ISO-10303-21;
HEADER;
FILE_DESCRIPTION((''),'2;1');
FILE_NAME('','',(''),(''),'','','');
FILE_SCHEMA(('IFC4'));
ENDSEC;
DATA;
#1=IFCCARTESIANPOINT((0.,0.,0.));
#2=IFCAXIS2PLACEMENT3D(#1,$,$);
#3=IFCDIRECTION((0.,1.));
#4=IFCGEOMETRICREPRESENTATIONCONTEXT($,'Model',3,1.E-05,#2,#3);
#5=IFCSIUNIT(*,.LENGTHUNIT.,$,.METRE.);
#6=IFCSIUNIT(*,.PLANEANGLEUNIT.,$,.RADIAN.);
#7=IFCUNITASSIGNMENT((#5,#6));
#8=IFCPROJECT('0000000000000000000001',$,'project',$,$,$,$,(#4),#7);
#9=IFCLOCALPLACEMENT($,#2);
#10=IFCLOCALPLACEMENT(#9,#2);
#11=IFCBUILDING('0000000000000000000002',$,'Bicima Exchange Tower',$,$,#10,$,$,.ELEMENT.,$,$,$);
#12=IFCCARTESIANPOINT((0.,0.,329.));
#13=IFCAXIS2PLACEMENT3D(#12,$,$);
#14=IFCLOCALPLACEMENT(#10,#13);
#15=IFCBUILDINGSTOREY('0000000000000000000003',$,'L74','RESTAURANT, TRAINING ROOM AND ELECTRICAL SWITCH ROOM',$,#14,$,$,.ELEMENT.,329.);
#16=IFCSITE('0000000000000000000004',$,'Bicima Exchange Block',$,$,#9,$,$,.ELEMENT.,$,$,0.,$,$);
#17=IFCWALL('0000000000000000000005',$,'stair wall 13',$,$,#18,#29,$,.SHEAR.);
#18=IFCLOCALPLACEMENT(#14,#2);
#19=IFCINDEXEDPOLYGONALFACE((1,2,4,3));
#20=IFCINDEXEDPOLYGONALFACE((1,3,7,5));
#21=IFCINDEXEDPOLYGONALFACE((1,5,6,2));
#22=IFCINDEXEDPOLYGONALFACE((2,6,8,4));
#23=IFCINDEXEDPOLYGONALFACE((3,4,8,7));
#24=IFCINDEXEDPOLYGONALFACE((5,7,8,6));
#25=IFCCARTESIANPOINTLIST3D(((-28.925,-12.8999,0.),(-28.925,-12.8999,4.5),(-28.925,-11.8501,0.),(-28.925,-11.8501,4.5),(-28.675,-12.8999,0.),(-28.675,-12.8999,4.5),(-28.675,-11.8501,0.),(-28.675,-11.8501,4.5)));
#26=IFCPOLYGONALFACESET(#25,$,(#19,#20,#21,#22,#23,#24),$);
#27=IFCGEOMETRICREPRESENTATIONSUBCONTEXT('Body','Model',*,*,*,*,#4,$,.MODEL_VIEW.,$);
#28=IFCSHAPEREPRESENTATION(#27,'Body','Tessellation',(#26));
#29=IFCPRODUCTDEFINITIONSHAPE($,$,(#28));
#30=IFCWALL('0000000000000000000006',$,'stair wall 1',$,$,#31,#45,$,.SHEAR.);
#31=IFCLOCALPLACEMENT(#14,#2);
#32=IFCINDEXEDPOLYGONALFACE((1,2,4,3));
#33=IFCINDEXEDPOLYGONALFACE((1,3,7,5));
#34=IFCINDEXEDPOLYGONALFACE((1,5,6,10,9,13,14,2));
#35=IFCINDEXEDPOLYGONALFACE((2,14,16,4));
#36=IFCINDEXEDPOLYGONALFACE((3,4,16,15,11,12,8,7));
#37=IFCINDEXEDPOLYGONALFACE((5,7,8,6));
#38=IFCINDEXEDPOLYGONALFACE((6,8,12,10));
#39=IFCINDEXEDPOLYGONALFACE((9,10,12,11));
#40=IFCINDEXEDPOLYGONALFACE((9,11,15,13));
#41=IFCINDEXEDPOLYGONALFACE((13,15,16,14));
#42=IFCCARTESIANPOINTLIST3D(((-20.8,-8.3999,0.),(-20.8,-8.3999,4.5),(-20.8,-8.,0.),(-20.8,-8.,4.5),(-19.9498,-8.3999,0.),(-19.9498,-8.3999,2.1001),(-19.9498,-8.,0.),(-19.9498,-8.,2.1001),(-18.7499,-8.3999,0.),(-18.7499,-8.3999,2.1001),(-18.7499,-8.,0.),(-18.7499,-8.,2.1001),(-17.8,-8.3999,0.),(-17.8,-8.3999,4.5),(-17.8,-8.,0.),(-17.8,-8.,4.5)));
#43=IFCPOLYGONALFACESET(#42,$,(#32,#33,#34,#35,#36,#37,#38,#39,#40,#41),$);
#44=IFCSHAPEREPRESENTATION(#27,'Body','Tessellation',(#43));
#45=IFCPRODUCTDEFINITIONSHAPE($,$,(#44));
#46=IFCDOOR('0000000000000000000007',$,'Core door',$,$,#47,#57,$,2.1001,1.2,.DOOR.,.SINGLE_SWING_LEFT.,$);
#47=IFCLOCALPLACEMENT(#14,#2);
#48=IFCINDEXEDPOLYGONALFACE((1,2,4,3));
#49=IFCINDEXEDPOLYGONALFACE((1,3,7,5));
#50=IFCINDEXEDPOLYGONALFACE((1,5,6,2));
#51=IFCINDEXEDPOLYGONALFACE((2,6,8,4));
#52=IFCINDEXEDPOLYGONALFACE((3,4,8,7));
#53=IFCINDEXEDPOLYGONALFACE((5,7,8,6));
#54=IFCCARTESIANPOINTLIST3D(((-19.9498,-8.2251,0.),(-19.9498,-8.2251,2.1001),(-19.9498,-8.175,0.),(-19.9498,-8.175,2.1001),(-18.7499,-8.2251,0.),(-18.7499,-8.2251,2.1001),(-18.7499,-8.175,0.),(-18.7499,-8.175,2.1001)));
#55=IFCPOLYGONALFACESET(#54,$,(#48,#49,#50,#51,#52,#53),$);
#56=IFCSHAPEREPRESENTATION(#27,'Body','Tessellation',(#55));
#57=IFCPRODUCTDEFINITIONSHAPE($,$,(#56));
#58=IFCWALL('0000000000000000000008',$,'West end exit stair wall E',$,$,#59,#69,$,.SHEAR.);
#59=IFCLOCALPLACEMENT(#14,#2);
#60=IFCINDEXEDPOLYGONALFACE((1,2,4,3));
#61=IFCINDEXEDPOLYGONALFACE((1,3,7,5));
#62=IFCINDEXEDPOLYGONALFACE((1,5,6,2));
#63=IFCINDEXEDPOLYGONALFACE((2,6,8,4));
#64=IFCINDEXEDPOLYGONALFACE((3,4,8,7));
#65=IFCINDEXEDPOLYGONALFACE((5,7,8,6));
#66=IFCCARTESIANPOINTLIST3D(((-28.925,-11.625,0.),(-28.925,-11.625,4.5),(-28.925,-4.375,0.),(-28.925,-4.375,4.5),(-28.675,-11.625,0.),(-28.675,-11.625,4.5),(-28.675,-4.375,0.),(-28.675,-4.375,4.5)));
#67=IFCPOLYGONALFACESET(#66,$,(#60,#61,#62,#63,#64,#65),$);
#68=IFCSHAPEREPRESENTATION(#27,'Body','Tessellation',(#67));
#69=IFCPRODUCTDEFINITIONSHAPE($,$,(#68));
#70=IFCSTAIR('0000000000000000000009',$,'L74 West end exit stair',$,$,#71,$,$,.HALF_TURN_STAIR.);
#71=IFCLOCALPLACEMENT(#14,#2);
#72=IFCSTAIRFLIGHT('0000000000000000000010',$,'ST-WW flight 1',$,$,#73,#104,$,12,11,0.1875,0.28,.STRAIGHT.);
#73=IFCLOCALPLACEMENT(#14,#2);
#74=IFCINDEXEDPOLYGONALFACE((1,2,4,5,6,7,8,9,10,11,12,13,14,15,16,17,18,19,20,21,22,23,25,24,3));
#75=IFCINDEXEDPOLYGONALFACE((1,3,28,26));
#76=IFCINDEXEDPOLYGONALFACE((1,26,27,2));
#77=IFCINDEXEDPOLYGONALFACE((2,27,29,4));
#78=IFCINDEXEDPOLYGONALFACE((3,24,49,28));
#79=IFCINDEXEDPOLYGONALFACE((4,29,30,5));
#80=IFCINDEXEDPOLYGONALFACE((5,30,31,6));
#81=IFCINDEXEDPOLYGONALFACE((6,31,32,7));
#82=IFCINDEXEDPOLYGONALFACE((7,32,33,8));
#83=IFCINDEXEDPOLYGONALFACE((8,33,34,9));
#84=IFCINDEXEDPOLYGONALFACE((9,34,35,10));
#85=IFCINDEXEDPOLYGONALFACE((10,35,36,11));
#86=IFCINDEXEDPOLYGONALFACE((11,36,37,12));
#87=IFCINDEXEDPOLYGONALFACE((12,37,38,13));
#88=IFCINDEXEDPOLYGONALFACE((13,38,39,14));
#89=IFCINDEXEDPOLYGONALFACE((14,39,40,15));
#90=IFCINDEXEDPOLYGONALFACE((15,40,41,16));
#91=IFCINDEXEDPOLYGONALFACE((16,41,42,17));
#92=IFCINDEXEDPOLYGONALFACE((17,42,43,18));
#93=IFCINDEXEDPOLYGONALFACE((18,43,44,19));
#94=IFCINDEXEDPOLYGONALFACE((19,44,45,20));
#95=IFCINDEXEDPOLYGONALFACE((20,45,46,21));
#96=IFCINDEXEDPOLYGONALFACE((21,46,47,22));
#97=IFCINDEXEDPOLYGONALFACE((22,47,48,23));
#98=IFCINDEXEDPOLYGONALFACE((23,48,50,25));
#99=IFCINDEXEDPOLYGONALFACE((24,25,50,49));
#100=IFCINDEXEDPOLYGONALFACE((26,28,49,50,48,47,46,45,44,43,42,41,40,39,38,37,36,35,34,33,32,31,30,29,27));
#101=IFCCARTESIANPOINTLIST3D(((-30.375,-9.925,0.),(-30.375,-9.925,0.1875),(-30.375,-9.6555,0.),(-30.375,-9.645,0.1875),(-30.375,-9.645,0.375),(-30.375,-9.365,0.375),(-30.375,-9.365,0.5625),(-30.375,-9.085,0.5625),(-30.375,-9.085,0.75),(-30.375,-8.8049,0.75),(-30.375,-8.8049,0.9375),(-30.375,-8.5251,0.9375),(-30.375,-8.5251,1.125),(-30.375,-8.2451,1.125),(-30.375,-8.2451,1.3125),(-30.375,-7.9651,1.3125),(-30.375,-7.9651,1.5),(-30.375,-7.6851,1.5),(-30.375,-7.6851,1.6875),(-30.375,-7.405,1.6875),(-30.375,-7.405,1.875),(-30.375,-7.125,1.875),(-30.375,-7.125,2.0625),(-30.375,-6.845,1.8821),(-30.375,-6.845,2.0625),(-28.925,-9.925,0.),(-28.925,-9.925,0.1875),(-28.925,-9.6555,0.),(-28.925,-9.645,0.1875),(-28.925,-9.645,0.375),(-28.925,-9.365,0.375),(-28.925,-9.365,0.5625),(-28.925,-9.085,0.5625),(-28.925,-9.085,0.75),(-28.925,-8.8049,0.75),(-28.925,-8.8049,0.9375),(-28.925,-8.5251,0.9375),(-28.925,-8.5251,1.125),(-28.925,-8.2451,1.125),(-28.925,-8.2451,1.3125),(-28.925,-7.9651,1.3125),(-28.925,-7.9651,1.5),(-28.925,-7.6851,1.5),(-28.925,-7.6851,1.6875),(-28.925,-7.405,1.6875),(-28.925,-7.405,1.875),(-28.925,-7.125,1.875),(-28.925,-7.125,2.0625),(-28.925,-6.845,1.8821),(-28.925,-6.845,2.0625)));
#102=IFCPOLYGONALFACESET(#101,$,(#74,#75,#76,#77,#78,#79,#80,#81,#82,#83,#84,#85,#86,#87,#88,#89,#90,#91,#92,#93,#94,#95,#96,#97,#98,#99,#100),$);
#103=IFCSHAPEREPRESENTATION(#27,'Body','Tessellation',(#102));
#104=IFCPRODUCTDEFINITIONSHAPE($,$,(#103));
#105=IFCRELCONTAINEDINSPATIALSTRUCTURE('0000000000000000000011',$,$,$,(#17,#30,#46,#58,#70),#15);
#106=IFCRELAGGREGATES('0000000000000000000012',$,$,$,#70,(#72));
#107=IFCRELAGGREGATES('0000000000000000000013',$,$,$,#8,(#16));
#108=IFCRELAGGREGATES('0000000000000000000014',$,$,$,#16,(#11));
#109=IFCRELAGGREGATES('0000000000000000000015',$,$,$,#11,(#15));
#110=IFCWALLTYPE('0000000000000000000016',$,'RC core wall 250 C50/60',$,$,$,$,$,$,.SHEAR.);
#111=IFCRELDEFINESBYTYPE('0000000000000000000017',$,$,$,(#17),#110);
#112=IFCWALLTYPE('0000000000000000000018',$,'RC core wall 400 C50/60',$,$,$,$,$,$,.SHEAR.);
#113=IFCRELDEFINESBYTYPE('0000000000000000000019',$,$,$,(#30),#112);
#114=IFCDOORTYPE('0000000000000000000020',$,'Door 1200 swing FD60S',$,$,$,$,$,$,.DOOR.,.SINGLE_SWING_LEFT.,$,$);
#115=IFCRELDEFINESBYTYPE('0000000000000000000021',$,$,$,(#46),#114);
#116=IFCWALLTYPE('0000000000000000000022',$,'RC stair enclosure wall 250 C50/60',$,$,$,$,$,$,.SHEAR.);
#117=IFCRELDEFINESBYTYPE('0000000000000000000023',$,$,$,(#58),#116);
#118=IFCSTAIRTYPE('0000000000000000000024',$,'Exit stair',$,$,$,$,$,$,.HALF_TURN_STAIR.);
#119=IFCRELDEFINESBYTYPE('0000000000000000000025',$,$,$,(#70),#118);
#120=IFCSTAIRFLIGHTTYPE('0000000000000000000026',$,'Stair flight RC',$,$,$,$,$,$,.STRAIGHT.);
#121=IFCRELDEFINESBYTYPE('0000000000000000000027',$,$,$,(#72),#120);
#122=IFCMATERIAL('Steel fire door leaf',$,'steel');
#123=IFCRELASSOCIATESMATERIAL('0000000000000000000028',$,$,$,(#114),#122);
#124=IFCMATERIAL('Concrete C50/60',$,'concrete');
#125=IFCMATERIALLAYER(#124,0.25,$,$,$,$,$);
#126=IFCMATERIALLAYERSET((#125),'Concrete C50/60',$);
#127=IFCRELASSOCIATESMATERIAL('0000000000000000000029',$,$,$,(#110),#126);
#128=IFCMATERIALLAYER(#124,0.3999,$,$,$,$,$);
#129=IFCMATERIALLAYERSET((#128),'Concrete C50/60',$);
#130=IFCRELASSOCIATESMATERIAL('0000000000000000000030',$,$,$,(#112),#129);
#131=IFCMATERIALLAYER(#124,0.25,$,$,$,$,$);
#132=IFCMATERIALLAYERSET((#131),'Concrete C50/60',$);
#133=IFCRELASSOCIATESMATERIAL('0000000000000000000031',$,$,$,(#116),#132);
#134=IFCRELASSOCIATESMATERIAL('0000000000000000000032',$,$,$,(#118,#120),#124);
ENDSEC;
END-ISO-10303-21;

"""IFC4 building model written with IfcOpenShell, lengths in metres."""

from ifc_helpers import new_model, si_unit, direction, frame, frame_2d, origin, place, context, subcontext, project, spatial, polyline, rectangle, outline, extrude, material, layer, layer_set, type_object, element, fill, aggregate, save


model = new_model("IFC4")

# Units and contexts
model_context = context("Model", 3, precision=1e-05, world=origin(), true_north=direction((0.0, 1.0)))
body_context = subcontext(model_context, "Body", "Model", "MODEL_VIEW")
ifc_project = project(units=[si_unit("LENGTHUNIT", "METRE"), si_unit("PLANEANGLEUNIT", "RADIAN")], contexts=[model_context])

# Site, building, storey
site_placement = place(None, origin())
site = spatial("IfcSite", under=ifc_project, at=site_placement, Name="Bicima Exchange Block", CompositionType="ELEMENT", RefElevation=0.0)
building_placement = place(site_placement, origin())
building = spatial("IfcBuilding", under=site, at=building_placement, Name="Bicima Exchange Tower", CompositionType="ELEMENT")
storey_placement = place(building_placement, frame((0.0, 0.0, 329.0)))
storey = spatial("IfcBuildingStorey", under=building, at=storey_placement, Name="L74", Description="RESTAURANT, TRAINING ROOM AND ELECTRICAL SWITCH ROOM", CompositionType="ELEMENT", Elevation=329.0)

# Shared definitions
ifc_material_1 = material(Name="Steel fire door leaf", Category="steel")
door_type_1 = type_object("IfcDoorType", Name="Door 1200 swing FD60S", OperationType="SINGLE_SWING_LEFT", PredefinedType="DOOR", material=ifc_material_1)

# Wall
ifc_material_2 = material(Name="Concrete C50/60", Category="concrete")
ifc_layer_1 = layer(ifc_material_2, 0.25)
ifc_layer_set_1 = layer_set([ifc_layer_1], Name="Concrete C50/60")
wall_type_1 = type_object("IfcWallType", Name="RC core wall 250 C50/60", PredefinedType="SHEAR", material=ifc_layer_set_1)
wall_1_placement = place(storey_placement, frame((-28.8, -12.8999, 0.0), z_axis=(0.0, 0.0, 1.0), x_axis=(0.0, 1.0, 0.0)))
element("IfcWall", 1, at=wall_1_placement, inside=storey, type_object=wall_type_1, Name="stair wall 13", PredefinedType="SHEAR", context=body_context, shape_type="SweptSolid", body=[
    extrude(rectangle(XDim=1.0498, YDim=0.25, at=frame_2d((0.5249, 0.0))), origin(), (0.0, 0.0, 1.0), 4.5),
])

# Wall, opening, door
ifc_layer_2 = layer(ifc_material_2, 0.3999)
ifc_layer_set_2 = layer_set([ifc_layer_2], Name="Concrete C50/60")
wall_type_2 = type_object("IfcWallType", Name="RC core wall 400 C50/60", PredefinedType="SHEAR", material=ifc_layer_set_2)
wall_2_placement = place(storey_placement, frame((-20.8, -8.2, 0.0), z_axis=(0.0, 0.0, 1.0), x_axis=(1.0, 0.0, 0.0)))
wall_2 = element("IfcWall", 2, at=wall_2_placement, inside=storey, type_object=wall_type_2, Name="stair wall 1", PredefinedType="SHEAR", context=body_context, shape_type="SweptSolid", body=[
    extrude(rectangle(XDim=3.0, YDim=0.3999, at=frame_2d((1.5, 0.0))), origin(), (0.0, 0.0, 1.0), 4.5),
])
opening_1_placement = place(wall_2_placement, frame((0.8501, 0.0, 0.0)))
opening_1 = element("IfcOpeningElement", 3, at=opening_1_placement, cuts=wall_2, PredefinedType="OPENING", context=body_context, shape_type="SweptSolid", body=[
    extrude(rectangle(XDim=1.2, YDim=2.1001, at=frame_2d((0.6001, 1.05))), frame((0.0, 0.2119, 0.0), z_axis=(0.0, -1.0, 0.0), x_axis=(1.0, 0.0, 0.0)), (0.0, 0.0, 1.0), 0.4238),
])
door_1_placement = place(opening_1_placement, origin())
door_1 = element("IfcDoor", 4, at=door_1_placement, inside=storey, type_object=door_type_1, Name="Core door", OperationType="SINGLE_SWING_LEFT", OverallHeight=2.1001, OverallWidth=1.2, PredefinedType="DOOR", context=body_context, shape_type="SweptSolid", body=[
    extrude(rectangle(XDim=1.2, YDim=2.1001, at=frame_2d((0.6001, 1.05))), frame((0.0, 0.0249, 0.0), z_axis=(0.0, -1.0, 0.0), x_axis=(1.0, 0.0, 0.0)), (0.0, 0.0, 1.0), 0.05),
])
fill(opening_1, door_1)

# Wall
ifc_layer_3 = layer(ifc_material_2, 0.25)
ifc_layer_set_3 = layer_set([ifc_layer_3], Name="Concrete C50/60")
wall_type_3 = type_object("IfcWallType", Name="RC stair enclosure wall 250 C50/60", PredefinedType="SHEAR", material=ifc_layer_set_3)
wall_3_placement = place(storey_placement, frame((-28.8, -11.625, 0.0), z_axis=(0.0, 0.0, 1.0), x_axis=(0.0, 1.0, 0.0)))
element("IfcWall", 5, at=wall_3_placement, inside=storey, type_object=wall_type_3, Name="West end exit stair wall E", PredefinedType="SHEAR", context=body_context, shape_type="SweptSolid", body=[
    extrude(rectangle(XDim=7.25, YDim=0.25, at=frame_2d((3.625, 0.0))), origin(), (0.0, 0.0, 1.0), 4.5),
])

# Stair, stair flight
stair_type = type_object("IfcStairType", Name="Exit stair", PredefinedType="HALF_TURN_STAIR", material=ifc_material_2)
stair_placement = place(storey_placement, origin())
stair = element("IfcStair", 6, at=stair_placement, inside=storey, type_object=stair_type, Name="L74 West end exit stair", PredefinedType="HALF_TURN_STAIR")
stair_flight_type = type_object("IfcStairFlightType", Name="Stair flight RC", PredefinedType="STRAIGHT", material=ifc_material_2)
stair_flight_placement = place(storey_placement, frame((-29.6499, -9.925, 0.0), z_axis=(0.0, 0.0, 1.0), x_axis=(0.0, 1.0, 0.0)))
stair_flight = element("IfcStairFlight", 7, at=stair_flight_placement, type_object=stair_flight_type, Name="ST-WW flight 1", NumberOfRisers=12, NumberOfTreads=11, PredefinedType="STRAIGHT", RiserHeight=0.1875, TreadLength=0.28, context=body_context, shape_type="SweptSolid", body=[
    extrude(outline(polyline([(0.0, 0.0), (0.0, 0.1875), (0.28, 0.1875), (0.28, 0.375), (0.5601, 0.375), (0.5601, 0.5625), (0.8401, 0.5625), (0.8401, 0.75), (1.1201, 0.75), (1.1201, 0.9375), (1.3999, 0.9375), (1.3999, 1.125), (1.6799, 1.125), (1.6799, 1.3125), (1.96, 1.3125), (1.96, 1.5), (2.24, 1.5), (2.24, 1.6875), (2.52, 1.6875), (2.52, 1.875), (2.8, 1.875), (2.8, 2.0625), (3.0801, 2.0625), (3.0801, 2.25), (3.0801, 1.8821), (0.2695, 0.0), (0.0, 0.0)])), frame((0.0, 0.7251, 0.0), z_axis=(0.0, -1.0, 0.0), x_axis=(1.0, 0.0, 0.0)), (0.0, 0.0, 1.0), 1.45),
])
aggregate(stair, [stair_flight])

save(model, "model.ifc")
